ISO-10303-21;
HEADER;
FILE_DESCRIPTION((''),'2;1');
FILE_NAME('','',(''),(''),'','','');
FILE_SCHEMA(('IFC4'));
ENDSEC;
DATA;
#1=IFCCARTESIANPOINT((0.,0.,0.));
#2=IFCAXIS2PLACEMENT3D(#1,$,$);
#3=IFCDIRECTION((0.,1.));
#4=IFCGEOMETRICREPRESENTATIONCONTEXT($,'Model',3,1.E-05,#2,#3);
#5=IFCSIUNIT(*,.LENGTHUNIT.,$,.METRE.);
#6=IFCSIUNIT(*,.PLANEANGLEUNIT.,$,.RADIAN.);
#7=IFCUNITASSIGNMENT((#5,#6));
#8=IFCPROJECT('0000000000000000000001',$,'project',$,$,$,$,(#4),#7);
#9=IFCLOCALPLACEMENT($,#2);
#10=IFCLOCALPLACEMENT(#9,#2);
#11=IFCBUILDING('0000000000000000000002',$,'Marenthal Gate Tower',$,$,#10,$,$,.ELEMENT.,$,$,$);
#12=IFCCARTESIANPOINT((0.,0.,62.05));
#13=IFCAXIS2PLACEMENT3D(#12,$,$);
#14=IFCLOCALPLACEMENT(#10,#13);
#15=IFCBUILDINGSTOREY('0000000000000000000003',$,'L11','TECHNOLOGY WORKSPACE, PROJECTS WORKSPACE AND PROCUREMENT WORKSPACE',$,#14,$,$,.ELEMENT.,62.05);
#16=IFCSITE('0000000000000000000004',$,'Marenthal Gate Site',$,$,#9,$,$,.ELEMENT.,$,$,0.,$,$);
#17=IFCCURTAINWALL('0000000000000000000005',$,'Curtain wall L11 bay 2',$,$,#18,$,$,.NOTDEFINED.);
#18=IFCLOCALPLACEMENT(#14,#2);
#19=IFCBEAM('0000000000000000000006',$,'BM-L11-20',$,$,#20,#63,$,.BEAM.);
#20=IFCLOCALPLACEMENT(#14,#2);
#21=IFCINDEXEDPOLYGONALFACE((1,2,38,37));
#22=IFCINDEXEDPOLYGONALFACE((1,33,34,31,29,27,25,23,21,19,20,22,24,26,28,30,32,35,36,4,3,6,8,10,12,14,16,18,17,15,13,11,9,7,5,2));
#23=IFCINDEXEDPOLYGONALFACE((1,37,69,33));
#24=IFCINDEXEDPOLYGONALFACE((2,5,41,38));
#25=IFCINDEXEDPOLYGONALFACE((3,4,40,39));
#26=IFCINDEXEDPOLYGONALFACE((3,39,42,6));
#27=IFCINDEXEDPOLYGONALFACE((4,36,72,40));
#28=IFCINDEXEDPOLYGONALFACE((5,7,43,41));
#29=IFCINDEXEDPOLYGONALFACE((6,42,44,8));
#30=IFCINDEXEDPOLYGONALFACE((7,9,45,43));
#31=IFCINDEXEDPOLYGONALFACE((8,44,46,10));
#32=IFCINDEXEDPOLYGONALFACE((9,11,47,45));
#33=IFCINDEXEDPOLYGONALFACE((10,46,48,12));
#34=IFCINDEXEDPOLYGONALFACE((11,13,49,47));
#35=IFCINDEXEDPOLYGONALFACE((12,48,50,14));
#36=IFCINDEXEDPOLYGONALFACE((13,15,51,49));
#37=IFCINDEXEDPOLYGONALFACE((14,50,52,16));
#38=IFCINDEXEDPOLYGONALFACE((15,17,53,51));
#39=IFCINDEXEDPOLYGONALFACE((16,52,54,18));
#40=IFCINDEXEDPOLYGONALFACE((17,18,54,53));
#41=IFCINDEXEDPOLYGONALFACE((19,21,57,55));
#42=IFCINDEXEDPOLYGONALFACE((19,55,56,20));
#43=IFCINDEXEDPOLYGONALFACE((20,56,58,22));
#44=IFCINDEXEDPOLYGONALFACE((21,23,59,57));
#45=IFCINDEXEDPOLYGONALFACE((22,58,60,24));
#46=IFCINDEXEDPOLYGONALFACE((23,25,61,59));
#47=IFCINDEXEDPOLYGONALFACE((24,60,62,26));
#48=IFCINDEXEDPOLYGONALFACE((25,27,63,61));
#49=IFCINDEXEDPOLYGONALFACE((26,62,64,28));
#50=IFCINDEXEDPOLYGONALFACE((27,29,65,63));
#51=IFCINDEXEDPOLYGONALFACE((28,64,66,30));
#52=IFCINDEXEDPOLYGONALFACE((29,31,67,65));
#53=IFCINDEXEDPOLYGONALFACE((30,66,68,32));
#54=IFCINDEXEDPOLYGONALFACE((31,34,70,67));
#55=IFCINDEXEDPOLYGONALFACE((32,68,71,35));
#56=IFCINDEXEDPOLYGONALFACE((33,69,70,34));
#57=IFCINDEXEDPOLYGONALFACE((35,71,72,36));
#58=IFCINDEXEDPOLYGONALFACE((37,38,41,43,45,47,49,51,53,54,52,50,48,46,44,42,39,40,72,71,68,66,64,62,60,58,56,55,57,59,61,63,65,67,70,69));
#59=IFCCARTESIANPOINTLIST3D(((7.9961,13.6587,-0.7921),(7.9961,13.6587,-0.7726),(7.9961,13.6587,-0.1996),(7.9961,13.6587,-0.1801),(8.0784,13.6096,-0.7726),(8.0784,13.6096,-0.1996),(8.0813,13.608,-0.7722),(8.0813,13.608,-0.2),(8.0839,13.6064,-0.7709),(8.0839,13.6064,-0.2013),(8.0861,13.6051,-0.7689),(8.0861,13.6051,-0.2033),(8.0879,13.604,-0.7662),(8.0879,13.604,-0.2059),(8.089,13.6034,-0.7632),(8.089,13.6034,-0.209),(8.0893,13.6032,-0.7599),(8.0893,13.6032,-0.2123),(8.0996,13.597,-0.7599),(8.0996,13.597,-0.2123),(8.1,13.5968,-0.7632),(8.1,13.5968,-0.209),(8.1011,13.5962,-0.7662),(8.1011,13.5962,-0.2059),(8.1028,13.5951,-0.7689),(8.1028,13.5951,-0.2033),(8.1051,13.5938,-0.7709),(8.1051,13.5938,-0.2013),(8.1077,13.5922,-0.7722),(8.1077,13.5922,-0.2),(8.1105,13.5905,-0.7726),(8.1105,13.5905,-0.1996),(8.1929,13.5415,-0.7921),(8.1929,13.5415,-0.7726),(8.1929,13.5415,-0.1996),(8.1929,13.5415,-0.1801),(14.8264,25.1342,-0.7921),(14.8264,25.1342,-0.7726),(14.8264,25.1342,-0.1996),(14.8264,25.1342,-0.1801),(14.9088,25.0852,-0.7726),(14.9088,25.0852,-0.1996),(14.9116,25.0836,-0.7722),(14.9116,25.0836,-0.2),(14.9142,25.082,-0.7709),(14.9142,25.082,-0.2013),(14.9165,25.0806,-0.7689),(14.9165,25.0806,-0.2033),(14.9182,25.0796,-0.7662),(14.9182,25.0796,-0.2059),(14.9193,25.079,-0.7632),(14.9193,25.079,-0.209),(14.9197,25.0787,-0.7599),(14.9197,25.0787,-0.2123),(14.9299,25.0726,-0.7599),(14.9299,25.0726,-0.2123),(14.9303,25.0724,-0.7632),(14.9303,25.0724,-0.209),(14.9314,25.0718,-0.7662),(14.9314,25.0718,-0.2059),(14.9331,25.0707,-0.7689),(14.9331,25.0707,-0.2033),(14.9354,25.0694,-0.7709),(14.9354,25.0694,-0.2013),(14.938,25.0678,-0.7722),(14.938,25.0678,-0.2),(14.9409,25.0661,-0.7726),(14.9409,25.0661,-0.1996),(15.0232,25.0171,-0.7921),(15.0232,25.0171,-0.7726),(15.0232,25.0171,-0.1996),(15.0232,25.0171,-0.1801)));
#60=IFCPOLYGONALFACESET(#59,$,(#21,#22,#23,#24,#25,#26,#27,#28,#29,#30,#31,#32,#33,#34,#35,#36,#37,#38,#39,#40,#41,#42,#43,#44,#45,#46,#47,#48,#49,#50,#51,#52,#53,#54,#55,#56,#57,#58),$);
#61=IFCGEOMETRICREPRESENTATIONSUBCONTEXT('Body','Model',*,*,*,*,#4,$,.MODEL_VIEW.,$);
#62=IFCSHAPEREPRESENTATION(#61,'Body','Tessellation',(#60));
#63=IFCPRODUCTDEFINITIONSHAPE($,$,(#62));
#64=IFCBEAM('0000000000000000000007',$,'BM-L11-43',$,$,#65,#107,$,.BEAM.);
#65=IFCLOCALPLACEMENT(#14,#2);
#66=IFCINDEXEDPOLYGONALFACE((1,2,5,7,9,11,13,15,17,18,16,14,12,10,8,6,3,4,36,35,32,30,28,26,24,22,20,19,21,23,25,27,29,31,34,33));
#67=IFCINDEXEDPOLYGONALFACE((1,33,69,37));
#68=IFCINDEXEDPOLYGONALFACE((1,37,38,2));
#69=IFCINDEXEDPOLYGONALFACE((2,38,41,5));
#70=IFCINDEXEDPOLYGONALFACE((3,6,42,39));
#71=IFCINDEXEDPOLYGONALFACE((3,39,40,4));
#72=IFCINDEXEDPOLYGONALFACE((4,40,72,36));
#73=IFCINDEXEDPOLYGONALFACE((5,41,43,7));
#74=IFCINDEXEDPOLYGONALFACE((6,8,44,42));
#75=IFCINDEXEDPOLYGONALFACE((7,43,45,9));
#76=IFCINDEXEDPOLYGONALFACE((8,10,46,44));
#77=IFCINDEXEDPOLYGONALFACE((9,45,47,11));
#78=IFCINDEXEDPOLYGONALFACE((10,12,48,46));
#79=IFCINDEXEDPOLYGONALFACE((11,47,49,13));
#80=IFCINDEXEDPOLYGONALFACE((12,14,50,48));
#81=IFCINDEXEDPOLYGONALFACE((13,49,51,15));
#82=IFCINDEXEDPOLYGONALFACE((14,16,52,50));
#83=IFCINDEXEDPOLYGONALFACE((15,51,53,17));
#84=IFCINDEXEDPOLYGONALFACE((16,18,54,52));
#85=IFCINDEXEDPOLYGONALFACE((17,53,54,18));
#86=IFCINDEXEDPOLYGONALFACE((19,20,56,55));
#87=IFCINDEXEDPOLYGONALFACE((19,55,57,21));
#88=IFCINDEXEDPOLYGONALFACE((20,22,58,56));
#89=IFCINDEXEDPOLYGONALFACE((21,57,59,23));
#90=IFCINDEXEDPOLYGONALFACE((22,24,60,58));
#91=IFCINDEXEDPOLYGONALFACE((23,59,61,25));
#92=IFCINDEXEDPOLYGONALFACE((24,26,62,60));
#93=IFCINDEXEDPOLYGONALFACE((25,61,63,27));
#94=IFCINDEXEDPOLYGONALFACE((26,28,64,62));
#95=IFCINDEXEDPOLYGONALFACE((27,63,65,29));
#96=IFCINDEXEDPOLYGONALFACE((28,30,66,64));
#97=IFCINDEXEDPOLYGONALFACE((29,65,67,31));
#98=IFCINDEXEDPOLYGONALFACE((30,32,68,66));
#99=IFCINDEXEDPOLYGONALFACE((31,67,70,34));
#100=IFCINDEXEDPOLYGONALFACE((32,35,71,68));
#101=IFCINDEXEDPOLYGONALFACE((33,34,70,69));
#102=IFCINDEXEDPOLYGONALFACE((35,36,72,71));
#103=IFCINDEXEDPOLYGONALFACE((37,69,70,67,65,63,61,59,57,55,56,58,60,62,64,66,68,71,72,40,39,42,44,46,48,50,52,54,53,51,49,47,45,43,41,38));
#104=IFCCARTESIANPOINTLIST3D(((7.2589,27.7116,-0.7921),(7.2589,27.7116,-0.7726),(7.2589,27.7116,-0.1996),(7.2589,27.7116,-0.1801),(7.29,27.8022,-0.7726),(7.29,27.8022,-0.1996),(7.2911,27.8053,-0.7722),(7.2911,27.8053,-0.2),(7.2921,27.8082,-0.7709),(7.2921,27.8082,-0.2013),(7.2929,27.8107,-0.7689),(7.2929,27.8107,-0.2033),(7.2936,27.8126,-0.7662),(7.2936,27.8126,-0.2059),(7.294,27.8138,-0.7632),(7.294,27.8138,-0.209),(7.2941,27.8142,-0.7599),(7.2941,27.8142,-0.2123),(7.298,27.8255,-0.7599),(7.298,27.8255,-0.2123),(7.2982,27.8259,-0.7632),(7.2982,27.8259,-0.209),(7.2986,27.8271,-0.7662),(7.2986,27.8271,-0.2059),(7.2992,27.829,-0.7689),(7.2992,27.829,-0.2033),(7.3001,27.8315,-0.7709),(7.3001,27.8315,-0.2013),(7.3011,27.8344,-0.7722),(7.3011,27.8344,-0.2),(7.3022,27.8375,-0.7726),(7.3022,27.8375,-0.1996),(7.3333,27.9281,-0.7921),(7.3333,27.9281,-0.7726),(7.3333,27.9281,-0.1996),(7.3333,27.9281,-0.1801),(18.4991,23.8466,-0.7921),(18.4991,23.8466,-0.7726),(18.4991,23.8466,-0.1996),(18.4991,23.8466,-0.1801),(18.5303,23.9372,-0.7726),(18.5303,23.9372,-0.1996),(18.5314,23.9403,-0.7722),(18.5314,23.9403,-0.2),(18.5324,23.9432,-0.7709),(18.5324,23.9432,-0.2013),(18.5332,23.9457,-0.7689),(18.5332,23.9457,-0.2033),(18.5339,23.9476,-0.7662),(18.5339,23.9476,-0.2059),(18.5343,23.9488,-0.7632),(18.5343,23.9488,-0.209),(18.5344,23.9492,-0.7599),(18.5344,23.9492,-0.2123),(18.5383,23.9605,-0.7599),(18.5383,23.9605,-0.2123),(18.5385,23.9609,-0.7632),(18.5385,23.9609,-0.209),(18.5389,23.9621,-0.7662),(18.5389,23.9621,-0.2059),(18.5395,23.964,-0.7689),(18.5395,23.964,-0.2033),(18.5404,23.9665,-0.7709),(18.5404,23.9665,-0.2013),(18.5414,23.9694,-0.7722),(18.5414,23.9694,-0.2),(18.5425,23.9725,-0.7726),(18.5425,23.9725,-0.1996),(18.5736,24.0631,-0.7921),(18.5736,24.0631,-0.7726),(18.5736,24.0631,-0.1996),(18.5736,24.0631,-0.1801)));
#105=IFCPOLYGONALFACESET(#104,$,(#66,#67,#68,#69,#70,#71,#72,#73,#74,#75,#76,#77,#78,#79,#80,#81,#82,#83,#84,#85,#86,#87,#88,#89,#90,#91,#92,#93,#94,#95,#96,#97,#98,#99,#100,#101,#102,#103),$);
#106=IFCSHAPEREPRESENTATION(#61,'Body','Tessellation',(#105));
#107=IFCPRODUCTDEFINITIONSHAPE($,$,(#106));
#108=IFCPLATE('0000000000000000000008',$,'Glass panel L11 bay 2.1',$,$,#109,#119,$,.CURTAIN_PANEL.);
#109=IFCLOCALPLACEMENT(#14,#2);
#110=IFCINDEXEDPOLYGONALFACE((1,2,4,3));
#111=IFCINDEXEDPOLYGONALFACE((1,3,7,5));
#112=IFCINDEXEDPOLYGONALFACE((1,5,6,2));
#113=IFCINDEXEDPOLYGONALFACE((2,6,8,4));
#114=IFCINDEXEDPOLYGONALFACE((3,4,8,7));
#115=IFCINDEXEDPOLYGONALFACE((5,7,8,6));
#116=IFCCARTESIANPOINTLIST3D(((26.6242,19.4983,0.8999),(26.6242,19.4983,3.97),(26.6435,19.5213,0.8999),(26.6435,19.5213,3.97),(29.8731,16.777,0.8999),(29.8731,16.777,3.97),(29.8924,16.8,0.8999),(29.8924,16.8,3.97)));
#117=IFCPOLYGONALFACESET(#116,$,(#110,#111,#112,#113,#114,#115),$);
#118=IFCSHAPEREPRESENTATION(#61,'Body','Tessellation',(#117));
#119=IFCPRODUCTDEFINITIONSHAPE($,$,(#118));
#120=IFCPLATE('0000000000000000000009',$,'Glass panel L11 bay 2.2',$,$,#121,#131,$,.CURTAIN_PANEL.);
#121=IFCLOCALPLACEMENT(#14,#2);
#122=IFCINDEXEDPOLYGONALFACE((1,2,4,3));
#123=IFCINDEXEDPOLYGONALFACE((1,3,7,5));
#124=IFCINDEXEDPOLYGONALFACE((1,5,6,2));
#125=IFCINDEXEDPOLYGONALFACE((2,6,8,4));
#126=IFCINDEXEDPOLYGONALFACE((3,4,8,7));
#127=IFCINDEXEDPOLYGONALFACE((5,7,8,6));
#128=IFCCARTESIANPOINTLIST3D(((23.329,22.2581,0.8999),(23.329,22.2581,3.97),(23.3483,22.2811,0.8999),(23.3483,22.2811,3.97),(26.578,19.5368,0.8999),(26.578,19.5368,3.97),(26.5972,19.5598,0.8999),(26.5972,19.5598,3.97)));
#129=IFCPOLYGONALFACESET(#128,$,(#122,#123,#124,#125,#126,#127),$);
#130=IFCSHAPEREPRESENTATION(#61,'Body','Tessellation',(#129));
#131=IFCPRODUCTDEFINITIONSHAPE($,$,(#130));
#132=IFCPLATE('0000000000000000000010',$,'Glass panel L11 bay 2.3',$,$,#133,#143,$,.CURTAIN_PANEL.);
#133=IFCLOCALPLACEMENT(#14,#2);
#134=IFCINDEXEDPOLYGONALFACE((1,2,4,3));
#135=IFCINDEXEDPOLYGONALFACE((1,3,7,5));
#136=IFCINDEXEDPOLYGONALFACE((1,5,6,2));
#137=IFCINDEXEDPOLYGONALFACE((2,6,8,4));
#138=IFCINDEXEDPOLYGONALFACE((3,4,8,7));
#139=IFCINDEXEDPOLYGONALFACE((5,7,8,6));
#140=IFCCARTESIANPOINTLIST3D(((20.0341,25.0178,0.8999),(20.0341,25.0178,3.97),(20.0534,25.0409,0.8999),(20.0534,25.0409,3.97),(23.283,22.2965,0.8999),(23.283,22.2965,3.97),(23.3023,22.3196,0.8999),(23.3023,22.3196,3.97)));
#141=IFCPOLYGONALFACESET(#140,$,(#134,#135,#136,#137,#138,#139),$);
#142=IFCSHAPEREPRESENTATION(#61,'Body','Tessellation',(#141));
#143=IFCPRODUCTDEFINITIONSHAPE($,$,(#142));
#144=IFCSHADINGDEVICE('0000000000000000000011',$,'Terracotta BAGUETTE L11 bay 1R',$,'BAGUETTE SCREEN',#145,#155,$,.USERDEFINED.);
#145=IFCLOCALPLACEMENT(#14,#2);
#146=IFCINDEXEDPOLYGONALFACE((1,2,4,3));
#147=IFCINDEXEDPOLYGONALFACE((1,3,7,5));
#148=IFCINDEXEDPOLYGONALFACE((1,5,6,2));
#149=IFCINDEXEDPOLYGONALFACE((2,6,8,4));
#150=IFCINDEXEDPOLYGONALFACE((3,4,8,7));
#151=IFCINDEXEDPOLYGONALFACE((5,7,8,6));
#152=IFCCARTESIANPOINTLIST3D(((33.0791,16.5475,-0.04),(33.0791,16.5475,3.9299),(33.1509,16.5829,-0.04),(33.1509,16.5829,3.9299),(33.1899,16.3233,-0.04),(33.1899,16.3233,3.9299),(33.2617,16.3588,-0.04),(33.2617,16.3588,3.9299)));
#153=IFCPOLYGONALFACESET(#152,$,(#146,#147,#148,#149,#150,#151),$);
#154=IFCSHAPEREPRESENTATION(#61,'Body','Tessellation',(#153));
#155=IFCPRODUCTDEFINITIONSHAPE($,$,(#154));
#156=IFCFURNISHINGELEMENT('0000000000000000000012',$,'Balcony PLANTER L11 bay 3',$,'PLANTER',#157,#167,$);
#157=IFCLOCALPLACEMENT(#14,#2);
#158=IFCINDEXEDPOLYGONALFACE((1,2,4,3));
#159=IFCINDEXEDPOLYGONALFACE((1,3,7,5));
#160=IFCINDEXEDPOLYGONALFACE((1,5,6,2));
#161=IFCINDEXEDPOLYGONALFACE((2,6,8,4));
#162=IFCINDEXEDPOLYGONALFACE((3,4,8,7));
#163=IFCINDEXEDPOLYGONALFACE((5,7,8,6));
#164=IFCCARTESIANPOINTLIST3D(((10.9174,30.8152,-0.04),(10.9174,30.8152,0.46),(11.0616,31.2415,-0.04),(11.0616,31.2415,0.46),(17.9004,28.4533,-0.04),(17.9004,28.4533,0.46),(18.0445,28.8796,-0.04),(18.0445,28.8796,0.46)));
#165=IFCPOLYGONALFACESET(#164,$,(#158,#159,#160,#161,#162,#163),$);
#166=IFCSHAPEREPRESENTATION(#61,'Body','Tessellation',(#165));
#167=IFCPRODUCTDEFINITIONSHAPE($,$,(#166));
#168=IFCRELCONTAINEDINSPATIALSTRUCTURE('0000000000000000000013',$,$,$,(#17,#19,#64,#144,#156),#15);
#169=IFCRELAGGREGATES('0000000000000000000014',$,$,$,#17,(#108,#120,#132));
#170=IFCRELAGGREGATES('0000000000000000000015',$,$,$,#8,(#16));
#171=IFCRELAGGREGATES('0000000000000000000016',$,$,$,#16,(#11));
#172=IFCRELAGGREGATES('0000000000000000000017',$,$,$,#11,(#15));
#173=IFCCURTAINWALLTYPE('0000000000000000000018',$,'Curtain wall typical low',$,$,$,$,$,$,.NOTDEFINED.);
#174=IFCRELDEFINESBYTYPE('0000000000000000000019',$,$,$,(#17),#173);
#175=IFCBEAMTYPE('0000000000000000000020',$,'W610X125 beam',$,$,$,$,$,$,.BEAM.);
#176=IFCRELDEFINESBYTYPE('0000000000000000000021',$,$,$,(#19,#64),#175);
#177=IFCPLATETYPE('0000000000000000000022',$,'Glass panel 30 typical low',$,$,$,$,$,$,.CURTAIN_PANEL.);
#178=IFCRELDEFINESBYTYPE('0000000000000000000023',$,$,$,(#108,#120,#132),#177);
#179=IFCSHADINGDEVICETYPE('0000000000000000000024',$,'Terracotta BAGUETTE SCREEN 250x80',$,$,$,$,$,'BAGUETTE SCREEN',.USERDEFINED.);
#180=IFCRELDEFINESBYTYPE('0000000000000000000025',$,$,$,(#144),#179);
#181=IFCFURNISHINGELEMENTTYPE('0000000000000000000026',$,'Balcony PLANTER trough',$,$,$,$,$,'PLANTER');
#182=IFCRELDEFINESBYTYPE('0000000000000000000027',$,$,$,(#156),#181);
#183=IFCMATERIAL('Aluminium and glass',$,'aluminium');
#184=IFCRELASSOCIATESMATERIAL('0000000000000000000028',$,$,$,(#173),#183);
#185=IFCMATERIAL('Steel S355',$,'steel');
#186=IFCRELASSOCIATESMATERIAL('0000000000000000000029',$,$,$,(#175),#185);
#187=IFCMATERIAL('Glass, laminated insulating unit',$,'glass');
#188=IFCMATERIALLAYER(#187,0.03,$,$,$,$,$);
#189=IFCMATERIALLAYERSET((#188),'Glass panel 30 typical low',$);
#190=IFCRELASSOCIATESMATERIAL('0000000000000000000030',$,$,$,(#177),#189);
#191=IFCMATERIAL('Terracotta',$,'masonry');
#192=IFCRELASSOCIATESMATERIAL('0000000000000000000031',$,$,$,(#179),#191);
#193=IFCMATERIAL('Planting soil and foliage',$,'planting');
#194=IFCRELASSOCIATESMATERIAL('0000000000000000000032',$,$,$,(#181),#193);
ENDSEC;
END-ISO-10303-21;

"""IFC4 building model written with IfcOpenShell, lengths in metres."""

from ifc_helpers import new_model, si_unit, direction, frame, origin, origin_2d, place, context, subcontext, project, spatial, rectangle, i_section, extrude, material, layer, layer_set, material_profile, profile_set, type_object, element, aggregate, save


model = new_model("IFC4")

# Units and contexts
model_context = context("Model", 3, precision=1e-05, world=origin(), true_north=direction((0.0, 1.0)))
body_context = subcontext(model_context, "Body", "Model", "MODEL_VIEW")
ifc_project = project(units=[si_unit("LENGTHUNIT", "METRE"), si_unit("PLANEANGLEUNIT", "RADIAN")], contexts=[model_context])

# Site, building, storey
site_placement = place(None, origin())
site = spatial("IfcSite", under=ifc_project, at=site_placement, Name="Marenthal Gate Site", CompositionType="ELEMENT", RefElevation=0.0)
building_placement = place(site_placement, origin())
building = spatial("IfcBuilding", under=site, at=building_placement, Name="Marenthal Gate Tower", CompositionType="ELEMENT")
storey_placement = place(building_placement, frame((0.0, 0.0, 62.05)))
storey = spatial("IfcBuildingStorey", under=building, at=storey_placement, Name="L11", Description="TECHNOLOGY WORKSPACE, PROJECTS WORKSPACE AND PROCUREMENT WORKSPACE", CompositionType="ELEMENT", Elevation=62.05)

# Curtain wall
ifc_material_1 = material(Name="Aluminium and glass", Category="aluminium")
curtain_wall_type = type_object("IfcCurtainWallType", Name="Curtain wall typical low", PredefinedType="NOTDEFINED", material=ifc_material_1)
curtain_wall_placement = place(storey_placement, origin())
curtain_wall = element("IfcCurtainWall", 1, at=curtain_wall_placement, inside=storey, type_object=curtain_wall_type, Name="Curtain wall L11 bay 2", PredefinedType="NOTDEFINED")

# Beams
ifc_material_2 = material(Name="Steel S355", Category="steel")
ifc_material_profile_1 = material_profile(ifc_material_2, i_section(OverallWidth=0.229, OverallDepth=0.6121, WebThickness=0.012, FlangeThickness=0.0195, FilletRadius=0.0127, at=origin_2d()), Name="W610X125")
ifc_profile_set_1 = profile_set([ifc_material_profile_1], Name="Steel S355")
beam_type_1 = type_object("IfcBeamType", Name="W610X125 beam", PredefinedType="BEAM", material=ifc_profile_set_1)
beam_1_placement = place(storey_placement, frame((14.9248, 25.0757, -0.4861), z_axis=(-0.511463, -0.859306, 0.0), x_axis=(0.859306, -0.511463, 0.0)))
element("IfcBeam", 2, at=beam_1_placement, inside=storey, type_object=beam_type_1, Name="BM-L11-20", PredefinedType="BEAM", context=body_context, shape_type="SweptSolid", body=[
    extrude(i_section(OverallWidth=0.229, OverallDepth=0.6121, WebThickness=0.012, FlangeThickness=0.0195, FilletRadius=0.0127, at=origin_2d()), origin(), (0.0, 0.0, 1.0), 13.3545),
])
beam_2_placement = place(storey_placement, frame((18.5364, 23.9548, -0.4861), z_axis=(-0.945657, 0.325167, 0.0), x_axis=(-0.325167, -0.945657, 0.0)))
element("IfcBeam", 3, at=beam_2_placement, inside=storey, type_object=beam_type_1, Name="BM-L11-43", PredefinedType="BEAM", context=body_context, shape_type="SweptSolid", body=[
    extrude(i_section(OverallWidth=0.229, OverallDepth=0.6121, WebThickness=0.012, FlangeThickness=0.0195, FilletRadius=0.0127, at=origin_2d()), origin(), (0.0, 0.0, 1.0), 11.8862),
])

# Plates
ifc_material_3 = material(Name="Glass, laminated insulating unit", Category="glass")
ifc_layer_1 = layer(ifc_material_3, 0.03)
ifc_layer_set_1 = layer_set([ifc_layer_1], Name="Glass panel 30 typical low")
plate_type = type_object("IfcPlateType", Name="Glass panel 30 typical low", PredefinedType="CURTAIN_PANEL", material=ifc_layer_set_1)
plate_1_placement = place(storey_placement, frame((28.2583, 18.1492, 0.8999), z_axis=(0.0, 0.0, 1.0), x_axis=(-0.766611, 0.642112, 0.0)))
plate_1 = element("IfcPlate", 4, at=plate_1_placement, type_object=plate_type, Name="Glass panel L11 bay 2.1", PredefinedType="CURTAIN_PANEL", context=body_context, shape_type="SweptSolid", body=[
    extrude(rectangle(XDim=4.238, YDim=0.03, at=origin_2d()), origin(), (0.0, 0.0, 1.0), 3.0701),
])
plate_2_placement = place(storey_placement, frame((24.9631, 20.9089, 0.8999), z_axis=(0.0, 0.0, 1.0), x_axis=(-0.766611, 0.642112, 0.0)))
plate_2 = element("IfcPlate", 5, at=plate_2_placement, type_object=plate_type, Name="Glass panel L11 bay 2.2", PredefinedType="CURTAIN_PANEL", context=body_context, shape_type="SweptSolid", body=[
    extrude(rectangle(XDim=4.238, YDim=0.03, at=origin_2d()), origin(), (0.0, 0.0, 1.0), 3.0701),
])
plate_3_placement = place(storey_placement, frame((21.6682, 23.6687, 0.8999), z_axis=(0.0, 0.0, 1.0), x_axis=(-0.766611, 0.642112, 0.0)))
plate_3 = element("IfcPlate", 6, at=plate_3_placement, type_object=plate_type, Name="Glass panel L11 bay 2.3", PredefinedType="CURTAIN_PANEL", context=body_context, shape_type="SweptSolid", body=[
    extrude(rectangle(XDim=4.238, YDim=0.03, at=origin_2d()), origin(), (0.0, 0.0, 1.0), 3.0701),
])
aggregate(curtain_wall, [plate_1, plate_2, plate_3])

# Shading device
ifc_material_4 = material(Name="Terracotta", Category="masonry")
ifc_material_profile_2 = material_profile(ifc_material_4, rectangle(XDim=0.25, YDim=0.0801, at=origin_2d()), Name="Terracotta baguette 250x80")
ifc_profile_set_2 = profile_set([ifc_material_profile_2], Name="Terracotta")
shading_device_type = type_object("IfcShadingDeviceType", Name="Terracotta BAGUETTE SCREEN 250x80", ElementType="BAGUETTE SCREEN", PredefinedType="USERDEFINED", material=ifc_profile_set_2)
shading_device_placement = place(storey_placement, frame((33.1704, 16.4531, -0.04), z_axis=(0.0, 0.0, 1.0), x_axis=(-0.442993, 0.896525, 0.0)))
element("IfcShadingDevice", 7, at=shading_device_placement, inside=storey, type_object=shading_device_type, Name="Terracotta BAGUETTE L11 bay 1R", ObjectType="BAGUETTE SCREEN", PredefinedType="USERDEFINED", context=body_context, shape_type="SweptSolid", body=[
    extrude(rectangle(XDim=0.25, YDim=0.0801, at=origin_2d()), origin(), (0.0, 0.0, 1.0), 3.97),
])

# Furnishing element
ifc_material_5 = material(Name="Planting soil and foliage", Category="planting")
furnishing_element_type = type_object("IfcFurnishingElementType", Name="Balcony PLANTER trough", ElementType="PLANTER", material=ifc_material_5)
furnishing_placement = place(storey_placement, frame((14.481, 29.8474, -0.04), z_axis=(0.0, 0.0, 1.0), x_axis=(-0.94728, 0.320406, 0.0)))
element("IfcFurnishingElement", 8, at=furnishing_placement, inside=storey, type_object=furnishing_element_type, Name="Balcony PLANTER L11 bay 3", ObjectType="PLANTER", context=body_context, shape_type="SweptSolid", body=[
    extrude(rectangle(XDim=7.3716, YDim=0.45, at=origin_2d()), origin(), (0.0, 0.0, 1.0), 0.5),
])

save(model, "model.ifc")
